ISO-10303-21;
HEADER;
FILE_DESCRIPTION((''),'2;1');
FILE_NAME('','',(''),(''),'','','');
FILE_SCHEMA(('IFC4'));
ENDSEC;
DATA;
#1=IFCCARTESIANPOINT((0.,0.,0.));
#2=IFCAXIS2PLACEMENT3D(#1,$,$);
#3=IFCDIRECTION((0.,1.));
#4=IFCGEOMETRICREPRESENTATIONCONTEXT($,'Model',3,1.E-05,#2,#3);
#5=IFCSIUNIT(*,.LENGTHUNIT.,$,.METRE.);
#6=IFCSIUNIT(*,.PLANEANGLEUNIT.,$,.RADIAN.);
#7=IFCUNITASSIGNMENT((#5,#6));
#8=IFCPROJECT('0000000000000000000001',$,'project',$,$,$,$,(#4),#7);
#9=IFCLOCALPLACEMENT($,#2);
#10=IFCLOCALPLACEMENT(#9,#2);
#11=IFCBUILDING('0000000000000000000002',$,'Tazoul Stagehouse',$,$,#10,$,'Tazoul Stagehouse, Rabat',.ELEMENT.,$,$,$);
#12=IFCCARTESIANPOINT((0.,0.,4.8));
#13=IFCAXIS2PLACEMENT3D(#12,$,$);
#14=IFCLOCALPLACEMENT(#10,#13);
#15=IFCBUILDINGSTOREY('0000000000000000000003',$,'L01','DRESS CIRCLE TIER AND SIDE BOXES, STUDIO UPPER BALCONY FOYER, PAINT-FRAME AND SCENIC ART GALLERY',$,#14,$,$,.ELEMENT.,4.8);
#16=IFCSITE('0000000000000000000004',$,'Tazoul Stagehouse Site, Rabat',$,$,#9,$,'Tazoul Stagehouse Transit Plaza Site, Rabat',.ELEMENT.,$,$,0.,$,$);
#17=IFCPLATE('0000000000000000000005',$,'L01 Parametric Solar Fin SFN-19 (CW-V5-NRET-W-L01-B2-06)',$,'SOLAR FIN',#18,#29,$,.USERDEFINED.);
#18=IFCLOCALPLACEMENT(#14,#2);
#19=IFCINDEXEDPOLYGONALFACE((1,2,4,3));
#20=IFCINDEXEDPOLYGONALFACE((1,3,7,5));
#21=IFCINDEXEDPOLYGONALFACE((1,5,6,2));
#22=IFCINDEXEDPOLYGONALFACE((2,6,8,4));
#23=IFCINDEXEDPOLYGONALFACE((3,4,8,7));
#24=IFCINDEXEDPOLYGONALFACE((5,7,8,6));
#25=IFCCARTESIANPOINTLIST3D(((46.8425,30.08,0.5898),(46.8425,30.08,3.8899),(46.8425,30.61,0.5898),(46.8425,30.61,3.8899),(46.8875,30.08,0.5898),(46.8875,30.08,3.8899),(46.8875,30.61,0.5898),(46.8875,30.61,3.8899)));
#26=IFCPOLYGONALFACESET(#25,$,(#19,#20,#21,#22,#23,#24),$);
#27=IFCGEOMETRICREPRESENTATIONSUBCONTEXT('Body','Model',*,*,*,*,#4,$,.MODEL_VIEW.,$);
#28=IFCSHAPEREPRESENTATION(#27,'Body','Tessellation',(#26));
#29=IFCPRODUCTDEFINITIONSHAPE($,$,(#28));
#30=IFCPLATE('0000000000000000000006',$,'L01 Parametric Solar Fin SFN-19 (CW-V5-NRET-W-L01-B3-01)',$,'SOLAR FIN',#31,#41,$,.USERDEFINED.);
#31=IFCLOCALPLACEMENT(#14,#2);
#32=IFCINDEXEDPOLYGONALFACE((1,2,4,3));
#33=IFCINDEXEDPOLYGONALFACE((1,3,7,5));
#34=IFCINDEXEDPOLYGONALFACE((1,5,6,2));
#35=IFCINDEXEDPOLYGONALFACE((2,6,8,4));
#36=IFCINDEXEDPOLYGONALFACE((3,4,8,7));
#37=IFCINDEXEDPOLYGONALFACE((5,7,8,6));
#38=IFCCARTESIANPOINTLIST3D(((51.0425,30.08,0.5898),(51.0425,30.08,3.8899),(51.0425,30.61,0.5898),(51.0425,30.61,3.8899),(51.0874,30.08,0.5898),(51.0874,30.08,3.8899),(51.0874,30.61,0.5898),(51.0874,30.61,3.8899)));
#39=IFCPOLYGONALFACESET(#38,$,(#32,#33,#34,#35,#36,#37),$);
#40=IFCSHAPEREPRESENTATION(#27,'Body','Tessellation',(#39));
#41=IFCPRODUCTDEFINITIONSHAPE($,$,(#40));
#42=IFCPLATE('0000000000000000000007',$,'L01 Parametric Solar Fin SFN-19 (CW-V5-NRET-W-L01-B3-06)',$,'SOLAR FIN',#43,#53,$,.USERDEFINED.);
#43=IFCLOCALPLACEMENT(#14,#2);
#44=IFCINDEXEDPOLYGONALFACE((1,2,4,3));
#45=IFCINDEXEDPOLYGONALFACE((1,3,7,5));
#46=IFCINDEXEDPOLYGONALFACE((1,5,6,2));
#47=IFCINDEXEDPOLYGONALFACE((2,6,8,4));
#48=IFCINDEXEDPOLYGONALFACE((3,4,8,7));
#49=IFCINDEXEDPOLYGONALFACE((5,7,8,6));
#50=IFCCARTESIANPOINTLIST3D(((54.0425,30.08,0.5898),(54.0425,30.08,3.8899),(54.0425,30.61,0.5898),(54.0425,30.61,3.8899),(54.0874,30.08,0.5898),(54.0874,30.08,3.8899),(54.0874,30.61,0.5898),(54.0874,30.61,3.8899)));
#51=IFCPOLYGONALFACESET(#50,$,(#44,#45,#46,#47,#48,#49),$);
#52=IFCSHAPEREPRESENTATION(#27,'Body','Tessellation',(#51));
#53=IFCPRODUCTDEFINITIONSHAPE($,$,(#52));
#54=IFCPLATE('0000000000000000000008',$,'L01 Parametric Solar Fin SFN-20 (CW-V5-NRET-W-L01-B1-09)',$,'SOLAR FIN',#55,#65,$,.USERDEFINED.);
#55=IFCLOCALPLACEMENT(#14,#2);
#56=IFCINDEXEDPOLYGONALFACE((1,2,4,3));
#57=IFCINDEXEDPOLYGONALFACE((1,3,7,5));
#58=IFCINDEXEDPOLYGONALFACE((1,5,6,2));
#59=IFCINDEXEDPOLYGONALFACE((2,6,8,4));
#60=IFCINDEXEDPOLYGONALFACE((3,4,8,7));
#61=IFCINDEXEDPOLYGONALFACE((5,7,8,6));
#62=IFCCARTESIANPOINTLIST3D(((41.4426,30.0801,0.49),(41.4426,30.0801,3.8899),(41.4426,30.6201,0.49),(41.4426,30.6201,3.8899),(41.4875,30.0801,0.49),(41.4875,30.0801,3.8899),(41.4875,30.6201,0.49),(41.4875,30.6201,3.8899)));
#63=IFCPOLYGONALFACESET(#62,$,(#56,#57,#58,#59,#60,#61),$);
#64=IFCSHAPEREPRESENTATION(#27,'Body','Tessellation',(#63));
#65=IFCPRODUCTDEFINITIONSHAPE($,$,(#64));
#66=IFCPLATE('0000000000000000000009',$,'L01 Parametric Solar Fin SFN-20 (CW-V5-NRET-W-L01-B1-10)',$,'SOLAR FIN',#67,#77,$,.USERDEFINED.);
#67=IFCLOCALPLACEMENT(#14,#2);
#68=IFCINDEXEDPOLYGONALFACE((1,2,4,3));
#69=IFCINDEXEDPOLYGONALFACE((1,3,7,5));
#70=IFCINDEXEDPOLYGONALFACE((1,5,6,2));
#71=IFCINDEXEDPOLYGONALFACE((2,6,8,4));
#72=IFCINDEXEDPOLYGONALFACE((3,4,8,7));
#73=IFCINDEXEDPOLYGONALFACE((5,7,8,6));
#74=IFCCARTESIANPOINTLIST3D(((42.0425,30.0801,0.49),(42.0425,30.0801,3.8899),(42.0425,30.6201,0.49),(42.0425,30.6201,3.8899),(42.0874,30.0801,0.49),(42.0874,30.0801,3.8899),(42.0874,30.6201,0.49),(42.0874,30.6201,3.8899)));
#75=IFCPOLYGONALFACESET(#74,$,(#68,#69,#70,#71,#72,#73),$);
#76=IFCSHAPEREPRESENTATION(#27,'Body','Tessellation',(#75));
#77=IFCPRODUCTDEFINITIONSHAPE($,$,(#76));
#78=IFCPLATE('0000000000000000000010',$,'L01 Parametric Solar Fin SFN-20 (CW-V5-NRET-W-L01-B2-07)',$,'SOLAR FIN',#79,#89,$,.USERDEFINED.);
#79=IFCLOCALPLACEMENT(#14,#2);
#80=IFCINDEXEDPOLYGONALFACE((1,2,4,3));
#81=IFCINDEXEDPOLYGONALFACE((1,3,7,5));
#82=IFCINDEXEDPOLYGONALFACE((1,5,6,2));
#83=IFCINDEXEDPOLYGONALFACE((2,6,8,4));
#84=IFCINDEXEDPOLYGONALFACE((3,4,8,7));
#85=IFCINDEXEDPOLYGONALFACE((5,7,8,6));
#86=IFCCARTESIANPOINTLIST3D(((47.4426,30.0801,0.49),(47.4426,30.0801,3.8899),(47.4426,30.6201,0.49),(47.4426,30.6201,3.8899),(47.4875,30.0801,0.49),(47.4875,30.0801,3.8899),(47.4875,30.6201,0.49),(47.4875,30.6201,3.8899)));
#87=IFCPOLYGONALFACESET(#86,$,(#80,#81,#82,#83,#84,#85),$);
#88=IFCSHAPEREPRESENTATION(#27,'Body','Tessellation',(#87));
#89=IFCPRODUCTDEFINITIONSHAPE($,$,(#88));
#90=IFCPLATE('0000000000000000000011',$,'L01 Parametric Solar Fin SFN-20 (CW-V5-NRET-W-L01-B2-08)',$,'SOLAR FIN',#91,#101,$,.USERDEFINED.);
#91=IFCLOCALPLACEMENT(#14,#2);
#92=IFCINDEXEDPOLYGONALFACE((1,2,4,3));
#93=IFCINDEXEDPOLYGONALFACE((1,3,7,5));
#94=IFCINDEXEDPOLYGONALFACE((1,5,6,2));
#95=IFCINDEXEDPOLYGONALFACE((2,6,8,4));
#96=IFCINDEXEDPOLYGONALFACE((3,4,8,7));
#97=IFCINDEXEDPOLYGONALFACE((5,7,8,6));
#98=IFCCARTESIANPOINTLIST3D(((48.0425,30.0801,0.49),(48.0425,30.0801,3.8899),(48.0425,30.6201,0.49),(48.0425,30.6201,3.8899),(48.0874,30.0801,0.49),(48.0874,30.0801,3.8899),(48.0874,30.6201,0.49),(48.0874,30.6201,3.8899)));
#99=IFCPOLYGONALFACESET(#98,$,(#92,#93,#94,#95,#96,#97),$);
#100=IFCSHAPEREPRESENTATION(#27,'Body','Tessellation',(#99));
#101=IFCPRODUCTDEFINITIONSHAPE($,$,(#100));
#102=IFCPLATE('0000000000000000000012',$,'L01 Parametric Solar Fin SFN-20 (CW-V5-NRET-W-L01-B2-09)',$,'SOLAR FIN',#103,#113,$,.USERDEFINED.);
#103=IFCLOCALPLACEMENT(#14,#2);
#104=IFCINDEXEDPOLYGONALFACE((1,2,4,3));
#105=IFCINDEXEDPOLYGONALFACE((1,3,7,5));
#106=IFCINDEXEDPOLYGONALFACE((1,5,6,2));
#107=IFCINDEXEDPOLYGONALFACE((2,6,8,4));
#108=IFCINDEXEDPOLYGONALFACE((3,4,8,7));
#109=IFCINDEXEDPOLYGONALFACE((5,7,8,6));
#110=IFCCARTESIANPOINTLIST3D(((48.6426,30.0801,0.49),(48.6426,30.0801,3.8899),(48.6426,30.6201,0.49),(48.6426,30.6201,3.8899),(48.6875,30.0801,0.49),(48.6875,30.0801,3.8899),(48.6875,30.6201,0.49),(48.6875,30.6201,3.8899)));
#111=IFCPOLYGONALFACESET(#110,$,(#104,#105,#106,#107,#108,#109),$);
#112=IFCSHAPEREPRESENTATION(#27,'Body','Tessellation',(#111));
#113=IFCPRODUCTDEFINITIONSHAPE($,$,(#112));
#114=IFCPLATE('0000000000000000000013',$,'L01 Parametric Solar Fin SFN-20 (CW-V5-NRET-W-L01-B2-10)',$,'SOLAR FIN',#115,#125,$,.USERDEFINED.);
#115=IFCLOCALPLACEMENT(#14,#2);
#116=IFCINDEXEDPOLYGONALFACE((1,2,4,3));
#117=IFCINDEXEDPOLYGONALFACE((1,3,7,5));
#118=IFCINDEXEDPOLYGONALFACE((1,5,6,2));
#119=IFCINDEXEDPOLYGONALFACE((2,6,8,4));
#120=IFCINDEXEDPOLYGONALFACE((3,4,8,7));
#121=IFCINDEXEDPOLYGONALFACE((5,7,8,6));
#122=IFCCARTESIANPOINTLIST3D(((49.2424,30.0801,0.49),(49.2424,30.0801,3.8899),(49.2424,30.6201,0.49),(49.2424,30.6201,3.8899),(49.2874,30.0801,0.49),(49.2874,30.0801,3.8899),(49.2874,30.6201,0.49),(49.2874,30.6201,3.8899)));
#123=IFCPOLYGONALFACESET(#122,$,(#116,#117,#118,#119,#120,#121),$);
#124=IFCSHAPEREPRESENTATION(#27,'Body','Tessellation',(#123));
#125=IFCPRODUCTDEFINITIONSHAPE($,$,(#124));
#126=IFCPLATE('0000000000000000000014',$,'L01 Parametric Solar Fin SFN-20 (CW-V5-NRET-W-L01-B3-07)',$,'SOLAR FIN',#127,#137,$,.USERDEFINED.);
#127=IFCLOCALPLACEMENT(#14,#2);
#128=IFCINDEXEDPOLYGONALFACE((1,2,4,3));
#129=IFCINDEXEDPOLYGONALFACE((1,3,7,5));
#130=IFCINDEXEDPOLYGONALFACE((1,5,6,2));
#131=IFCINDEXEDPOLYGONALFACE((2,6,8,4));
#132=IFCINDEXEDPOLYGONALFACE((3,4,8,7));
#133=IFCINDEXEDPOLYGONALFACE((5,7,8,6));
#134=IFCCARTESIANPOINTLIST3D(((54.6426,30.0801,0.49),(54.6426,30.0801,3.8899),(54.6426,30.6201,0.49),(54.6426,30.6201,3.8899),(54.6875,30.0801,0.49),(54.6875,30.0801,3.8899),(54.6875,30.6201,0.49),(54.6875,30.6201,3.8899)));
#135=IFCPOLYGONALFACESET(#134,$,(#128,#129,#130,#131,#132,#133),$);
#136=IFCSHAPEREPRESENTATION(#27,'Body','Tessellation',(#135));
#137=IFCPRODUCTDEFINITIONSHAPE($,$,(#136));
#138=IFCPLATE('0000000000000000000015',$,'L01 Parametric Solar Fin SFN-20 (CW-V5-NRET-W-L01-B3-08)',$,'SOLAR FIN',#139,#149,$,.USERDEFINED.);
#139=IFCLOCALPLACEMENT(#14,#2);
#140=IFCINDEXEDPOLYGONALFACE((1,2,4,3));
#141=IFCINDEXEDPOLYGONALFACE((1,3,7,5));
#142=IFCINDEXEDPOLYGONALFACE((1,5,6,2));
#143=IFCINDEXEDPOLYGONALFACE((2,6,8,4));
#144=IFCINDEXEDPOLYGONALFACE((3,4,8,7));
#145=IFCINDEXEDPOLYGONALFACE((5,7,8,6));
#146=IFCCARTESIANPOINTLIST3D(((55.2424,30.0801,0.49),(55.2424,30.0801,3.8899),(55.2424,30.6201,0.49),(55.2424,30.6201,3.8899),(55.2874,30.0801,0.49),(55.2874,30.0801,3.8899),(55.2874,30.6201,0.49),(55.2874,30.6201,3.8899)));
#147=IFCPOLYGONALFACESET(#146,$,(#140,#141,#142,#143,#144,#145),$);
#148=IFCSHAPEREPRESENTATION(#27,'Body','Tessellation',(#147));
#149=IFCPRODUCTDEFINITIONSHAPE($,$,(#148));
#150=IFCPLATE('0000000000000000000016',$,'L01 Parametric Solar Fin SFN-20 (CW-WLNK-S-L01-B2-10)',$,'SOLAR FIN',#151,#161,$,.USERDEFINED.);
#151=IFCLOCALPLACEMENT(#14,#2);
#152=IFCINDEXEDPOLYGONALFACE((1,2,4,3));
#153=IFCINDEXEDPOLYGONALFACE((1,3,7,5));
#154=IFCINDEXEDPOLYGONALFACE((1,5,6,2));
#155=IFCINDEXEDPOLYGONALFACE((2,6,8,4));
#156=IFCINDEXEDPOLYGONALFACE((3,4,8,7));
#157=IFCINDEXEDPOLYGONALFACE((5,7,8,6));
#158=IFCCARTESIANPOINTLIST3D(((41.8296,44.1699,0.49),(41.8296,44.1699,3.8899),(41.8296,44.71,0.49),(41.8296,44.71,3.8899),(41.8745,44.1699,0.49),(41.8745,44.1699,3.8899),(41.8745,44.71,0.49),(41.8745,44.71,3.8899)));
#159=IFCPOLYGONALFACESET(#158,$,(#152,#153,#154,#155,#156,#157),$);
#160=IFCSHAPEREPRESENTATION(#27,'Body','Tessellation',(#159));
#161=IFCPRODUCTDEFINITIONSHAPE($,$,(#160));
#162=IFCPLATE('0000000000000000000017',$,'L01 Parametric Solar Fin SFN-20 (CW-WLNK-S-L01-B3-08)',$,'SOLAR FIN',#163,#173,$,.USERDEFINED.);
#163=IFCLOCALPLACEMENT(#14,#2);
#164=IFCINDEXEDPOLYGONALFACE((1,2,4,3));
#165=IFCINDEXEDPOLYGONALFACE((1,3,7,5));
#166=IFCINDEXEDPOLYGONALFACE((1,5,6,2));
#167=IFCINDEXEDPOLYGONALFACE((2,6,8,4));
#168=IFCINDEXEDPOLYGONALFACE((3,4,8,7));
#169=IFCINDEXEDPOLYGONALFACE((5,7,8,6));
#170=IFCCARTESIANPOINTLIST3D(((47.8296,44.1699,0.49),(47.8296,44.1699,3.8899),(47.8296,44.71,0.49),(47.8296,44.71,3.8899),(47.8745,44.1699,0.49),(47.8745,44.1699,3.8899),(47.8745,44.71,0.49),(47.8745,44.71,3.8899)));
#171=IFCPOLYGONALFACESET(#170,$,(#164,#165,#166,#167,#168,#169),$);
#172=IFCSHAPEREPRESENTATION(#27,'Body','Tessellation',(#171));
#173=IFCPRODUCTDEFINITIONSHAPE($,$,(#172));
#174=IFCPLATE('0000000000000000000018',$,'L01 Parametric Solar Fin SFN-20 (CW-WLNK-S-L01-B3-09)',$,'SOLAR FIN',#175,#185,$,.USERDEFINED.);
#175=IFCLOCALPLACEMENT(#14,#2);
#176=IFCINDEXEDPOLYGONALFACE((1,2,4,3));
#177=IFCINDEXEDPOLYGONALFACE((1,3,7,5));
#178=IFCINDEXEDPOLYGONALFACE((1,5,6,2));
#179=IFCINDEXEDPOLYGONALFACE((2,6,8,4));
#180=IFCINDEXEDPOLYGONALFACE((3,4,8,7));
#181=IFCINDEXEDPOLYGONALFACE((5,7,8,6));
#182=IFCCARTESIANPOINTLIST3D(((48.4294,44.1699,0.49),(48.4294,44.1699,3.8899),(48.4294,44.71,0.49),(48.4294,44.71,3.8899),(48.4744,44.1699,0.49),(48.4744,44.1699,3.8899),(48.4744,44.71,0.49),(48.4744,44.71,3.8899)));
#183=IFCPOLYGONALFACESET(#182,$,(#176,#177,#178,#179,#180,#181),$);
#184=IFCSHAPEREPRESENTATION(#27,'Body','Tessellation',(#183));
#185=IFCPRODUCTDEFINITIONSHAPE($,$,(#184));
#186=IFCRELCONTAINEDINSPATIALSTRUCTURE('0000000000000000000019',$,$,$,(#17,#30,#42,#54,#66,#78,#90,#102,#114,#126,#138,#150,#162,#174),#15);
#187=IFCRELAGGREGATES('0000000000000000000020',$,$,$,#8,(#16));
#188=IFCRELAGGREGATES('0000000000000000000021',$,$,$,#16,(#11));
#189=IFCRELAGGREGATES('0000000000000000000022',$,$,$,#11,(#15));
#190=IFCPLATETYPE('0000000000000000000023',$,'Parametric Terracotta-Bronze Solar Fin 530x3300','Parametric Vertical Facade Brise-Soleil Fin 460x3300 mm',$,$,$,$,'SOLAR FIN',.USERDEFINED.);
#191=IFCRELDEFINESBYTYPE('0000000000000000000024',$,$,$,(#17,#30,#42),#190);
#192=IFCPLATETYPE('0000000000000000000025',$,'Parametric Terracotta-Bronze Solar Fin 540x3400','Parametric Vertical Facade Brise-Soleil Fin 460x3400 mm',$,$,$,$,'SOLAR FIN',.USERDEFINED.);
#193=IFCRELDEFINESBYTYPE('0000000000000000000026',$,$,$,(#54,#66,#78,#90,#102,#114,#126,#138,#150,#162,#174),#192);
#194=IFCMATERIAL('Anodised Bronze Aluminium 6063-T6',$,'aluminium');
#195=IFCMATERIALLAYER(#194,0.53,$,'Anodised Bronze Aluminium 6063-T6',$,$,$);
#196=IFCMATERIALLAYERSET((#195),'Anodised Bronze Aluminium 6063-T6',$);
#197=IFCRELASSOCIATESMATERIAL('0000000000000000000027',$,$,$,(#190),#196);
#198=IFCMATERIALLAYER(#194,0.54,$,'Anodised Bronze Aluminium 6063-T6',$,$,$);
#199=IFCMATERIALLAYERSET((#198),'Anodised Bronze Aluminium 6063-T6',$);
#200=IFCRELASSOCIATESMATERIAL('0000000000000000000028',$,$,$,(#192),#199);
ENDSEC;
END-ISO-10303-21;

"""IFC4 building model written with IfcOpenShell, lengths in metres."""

from ifc_helpers import new_model, si_unit, direction, frame, origin, origin_2d, place, context, subcontext, project, spatial, rectangle, extrude, material, layer, layer_set, type_object, element, save


model = new_model("IFC4")

# Units and contexts
model_context = context("Model", 3, precision=1e-05, world=origin(), true_north=direction((0.0, 1.0)))
body_context = subcontext(model_context, "Body", "Model", "MODEL_VIEW")
ifc_project = project(units=[si_unit("LENGTHUNIT", "METRE"), si_unit("PLANEANGLEUNIT", "RADIAN")], contexts=[model_context])

# Site, building, storey
site_placement = place(None, origin())
site = spatial("IfcSite", under=ifc_project, at=site_placement, Name="Tazoul Stagehouse Site, Rabat", LongName="Tazoul Stagehouse Transit Plaza Site, Rabat", CompositionType="ELEMENT", RefElevation=0.0)
building_placement = place(site_placement, origin())
building = spatial("IfcBuilding", under=site, at=building_placement, Name="Tazoul Stagehouse", LongName="Tazoul Stagehouse, Rabat", CompositionType="ELEMENT")
storey_placement = place(building_placement, frame((0.0, 0.0, 4.8)))
storey = spatial("IfcBuildingStorey", under=building, at=storey_placement, Name="L01", Description="DRESS CIRCLE TIER AND SIDE BOXES, STUDIO UPPER BALCONY FOYER, PAINT-FRAME AND SCENIC ART GALLERY", CompositionType="ELEMENT", Elevation=4.8)

# Plates
ifc_material = material(Name="Anodised Bronze Aluminium 6063-T6", Category="aluminium")
ifc_layer_1 = layer(ifc_material, 0.53, Name="Anodised Bronze Aluminium 6063-T6")
ifc_layer_set_1 = layer_set([ifc_layer_1], Name="Anodised Bronze Aluminium 6063-T6")
plate_type_1 = type_object("IfcPlateType", Name="Parametric Terracotta-Bronze Solar Fin 530x3300", Description="Parametric Vertical Facade Brise-Soleil Fin 460x3300 mm", ElementType="SOLAR FIN", PredefinedType="USERDEFINED", material=ifc_layer_set_1)
for number, where, z_axis, x_axis, name in (
    (1, (46.865, 30.345, 0.5898), (0.0, 0.0, 1.0), (1.0, 0.0, 0.0), "L01 Parametric Solar Fin SFN-19 (CW-V5-NRET-W-L01-B2-06)"),
    (2, (51.0649, 30.345, 0.5898), (0.0, 0.0, 1.0), (1.0, 0.0, 0.0), "L01 Parametric Solar Fin SFN-19 (CW-V5-NRET-W-L01-B3-01)"),
    (3, (54.0649, 30.345, 0.5898), (0.0, 0.0, 1.0), (1.0, 0.0, 0.0), "L01 Parametric Solar Fin SFN-19 (CW-V5-NRET-W-L01-B3-06)"),
):
    element("IfcPlate", number, at=place(storey_placement, frame(where, z_axis=z_axis, x_axis=x_axis)), inside=storey, type_object=plate_type_1, Name=name, ObjectType="SOLAR FIN", PredefinedType="USERDEFINED", context=body_context, shape_type="SweptSolid", body=[
        extrude(rectangle(XDim=0.0449, YDim=0.53, at=origin_2d()), origin(), (0.0, 0.0, 1.0), 3.3),
    ])
ifc_layer_2 = layer(ifc_material, 0.54, Name="Anodised Bronze Aluminium 6063-T6")
ifc_layer_set_2 = layer_set([ifc_layer_2], Name="Anodised Bronze Aluminium 6063-T6")
plate_type_2 = type_object("IfcPlateType", Name="Parametric Terracotta-Bronze Solar Fin 540x3400", Description="Parametric Vertical Facade Brise-Soleil Fin 460x3400 mm", ElementType="SOLAR FIN", PredefinedType="USERDEFINED", material=ifc_layer_set_2)
for number, where, z_axis, x_axis, name in (
    (4, (41.4651, 30.3501, 0.49), (0.0, 0.0, 1.0), (1.0, 0.0, 0.0), "L01 Parametric Solar Fin SFN-20 (CW-V5-NRET-W-L01-B1-09)"),
    (5, (42.0649, 30.3501, 0.49), (0.0, 0.0, 1.0), (1.0, 0.0, 0.0), "L01 Parametric Solar Fin SFN-20 (CW-V5-NRET-W-L01-B1-10)"),
    (6, (47.4651, 30.3501, 0.49), (0.0, 0.0, 1.0), (1.0, 0.0, 0.0), "L01 Parametric Solar Fin SFN-20 (CW-V5-NRET-W-L01-B2-07)"),
    (7, (48.0649, 30.3501, 0.49), (0.0, 0.0, 1.0), (1.0, 0.0, 0.0), "L01 Parametric Solar Fin SFN-20 (CW-V5-NRET-W-L01-B2-08)"),
    (8, (48.665, 30.3501, 0.49), (0.0, 0.0, 1.0), (1.0, 0.0, 0.0), "L01 Parametric Solar Fin SFN-20 (CW-V5-NRET-W-L01-B2-09)"),
    (9, (49.2649, 30.3501, 0.49), (0.0, 0.0, 1.0), (1.0, 0.0, 0.0), "L01 Parametric Solar Fin SFN-20 (CW-V5-NRET-W-L01-B2-10)"),
    (10, (54.665, 30.3501, 0.49), (0.0, 0.0, 1.0), (1.0, 0.0, 0.0), "L01 Parametric Solar Fin SFN-20 (CW-V5-NRET-W-L01-B3-07)"),
    (11, (55.2649, 30.3501, 0.49), (0.0, 0.0, 1.0), (1.0, 0.0, 0.0), "L01 Parametric Solar Fin SFN-20 (CW-V5-NRET-W-L01-B3-08)"),
    (12, (41.8521, 44.4399, 0.49), (0.0, 0.0, 1.0), (1.0, 0.0, 0.0), "L01 Parametric Solar Fin SFN-20 (CW-WLNK-S-L01-B2-10)"),
    (13, (47.8521, 44.4399, 0.49), (0.0, 0.0, 1.0), (1.0, 0.0, 0.0), "L01 Parametric Solar Fin SFN-20 (CW-WLNK-S-L01-B3-08)"),
    (14, (48.4519, 44.4399, 0.49), (0.0, 0.0, 1.0), (1.0, 0.0, 0.0), "L01 Parametric Solar Fin SFN-20 (CW-WLNK-S-L01-B3-09)"),
):
    element("IfcPlate", number, at=place(storey_placement, frame(where, z_axis=z_axis, x_axis=x_axis)), inside=storey, type_object=plate_type_2, Name=name, ObjectType="SOLAR FIN", PredefinedType="USERDEFINED", context=body_context, shape_type="SweptSolid", body=[
        extrude(rectangle(XDim=0.0449, YDim=0.54, at=origin_2d()), origin(), (0.0, 0.0, 1.0), 3.3999),
    ])

save(model, "model.ifc")
